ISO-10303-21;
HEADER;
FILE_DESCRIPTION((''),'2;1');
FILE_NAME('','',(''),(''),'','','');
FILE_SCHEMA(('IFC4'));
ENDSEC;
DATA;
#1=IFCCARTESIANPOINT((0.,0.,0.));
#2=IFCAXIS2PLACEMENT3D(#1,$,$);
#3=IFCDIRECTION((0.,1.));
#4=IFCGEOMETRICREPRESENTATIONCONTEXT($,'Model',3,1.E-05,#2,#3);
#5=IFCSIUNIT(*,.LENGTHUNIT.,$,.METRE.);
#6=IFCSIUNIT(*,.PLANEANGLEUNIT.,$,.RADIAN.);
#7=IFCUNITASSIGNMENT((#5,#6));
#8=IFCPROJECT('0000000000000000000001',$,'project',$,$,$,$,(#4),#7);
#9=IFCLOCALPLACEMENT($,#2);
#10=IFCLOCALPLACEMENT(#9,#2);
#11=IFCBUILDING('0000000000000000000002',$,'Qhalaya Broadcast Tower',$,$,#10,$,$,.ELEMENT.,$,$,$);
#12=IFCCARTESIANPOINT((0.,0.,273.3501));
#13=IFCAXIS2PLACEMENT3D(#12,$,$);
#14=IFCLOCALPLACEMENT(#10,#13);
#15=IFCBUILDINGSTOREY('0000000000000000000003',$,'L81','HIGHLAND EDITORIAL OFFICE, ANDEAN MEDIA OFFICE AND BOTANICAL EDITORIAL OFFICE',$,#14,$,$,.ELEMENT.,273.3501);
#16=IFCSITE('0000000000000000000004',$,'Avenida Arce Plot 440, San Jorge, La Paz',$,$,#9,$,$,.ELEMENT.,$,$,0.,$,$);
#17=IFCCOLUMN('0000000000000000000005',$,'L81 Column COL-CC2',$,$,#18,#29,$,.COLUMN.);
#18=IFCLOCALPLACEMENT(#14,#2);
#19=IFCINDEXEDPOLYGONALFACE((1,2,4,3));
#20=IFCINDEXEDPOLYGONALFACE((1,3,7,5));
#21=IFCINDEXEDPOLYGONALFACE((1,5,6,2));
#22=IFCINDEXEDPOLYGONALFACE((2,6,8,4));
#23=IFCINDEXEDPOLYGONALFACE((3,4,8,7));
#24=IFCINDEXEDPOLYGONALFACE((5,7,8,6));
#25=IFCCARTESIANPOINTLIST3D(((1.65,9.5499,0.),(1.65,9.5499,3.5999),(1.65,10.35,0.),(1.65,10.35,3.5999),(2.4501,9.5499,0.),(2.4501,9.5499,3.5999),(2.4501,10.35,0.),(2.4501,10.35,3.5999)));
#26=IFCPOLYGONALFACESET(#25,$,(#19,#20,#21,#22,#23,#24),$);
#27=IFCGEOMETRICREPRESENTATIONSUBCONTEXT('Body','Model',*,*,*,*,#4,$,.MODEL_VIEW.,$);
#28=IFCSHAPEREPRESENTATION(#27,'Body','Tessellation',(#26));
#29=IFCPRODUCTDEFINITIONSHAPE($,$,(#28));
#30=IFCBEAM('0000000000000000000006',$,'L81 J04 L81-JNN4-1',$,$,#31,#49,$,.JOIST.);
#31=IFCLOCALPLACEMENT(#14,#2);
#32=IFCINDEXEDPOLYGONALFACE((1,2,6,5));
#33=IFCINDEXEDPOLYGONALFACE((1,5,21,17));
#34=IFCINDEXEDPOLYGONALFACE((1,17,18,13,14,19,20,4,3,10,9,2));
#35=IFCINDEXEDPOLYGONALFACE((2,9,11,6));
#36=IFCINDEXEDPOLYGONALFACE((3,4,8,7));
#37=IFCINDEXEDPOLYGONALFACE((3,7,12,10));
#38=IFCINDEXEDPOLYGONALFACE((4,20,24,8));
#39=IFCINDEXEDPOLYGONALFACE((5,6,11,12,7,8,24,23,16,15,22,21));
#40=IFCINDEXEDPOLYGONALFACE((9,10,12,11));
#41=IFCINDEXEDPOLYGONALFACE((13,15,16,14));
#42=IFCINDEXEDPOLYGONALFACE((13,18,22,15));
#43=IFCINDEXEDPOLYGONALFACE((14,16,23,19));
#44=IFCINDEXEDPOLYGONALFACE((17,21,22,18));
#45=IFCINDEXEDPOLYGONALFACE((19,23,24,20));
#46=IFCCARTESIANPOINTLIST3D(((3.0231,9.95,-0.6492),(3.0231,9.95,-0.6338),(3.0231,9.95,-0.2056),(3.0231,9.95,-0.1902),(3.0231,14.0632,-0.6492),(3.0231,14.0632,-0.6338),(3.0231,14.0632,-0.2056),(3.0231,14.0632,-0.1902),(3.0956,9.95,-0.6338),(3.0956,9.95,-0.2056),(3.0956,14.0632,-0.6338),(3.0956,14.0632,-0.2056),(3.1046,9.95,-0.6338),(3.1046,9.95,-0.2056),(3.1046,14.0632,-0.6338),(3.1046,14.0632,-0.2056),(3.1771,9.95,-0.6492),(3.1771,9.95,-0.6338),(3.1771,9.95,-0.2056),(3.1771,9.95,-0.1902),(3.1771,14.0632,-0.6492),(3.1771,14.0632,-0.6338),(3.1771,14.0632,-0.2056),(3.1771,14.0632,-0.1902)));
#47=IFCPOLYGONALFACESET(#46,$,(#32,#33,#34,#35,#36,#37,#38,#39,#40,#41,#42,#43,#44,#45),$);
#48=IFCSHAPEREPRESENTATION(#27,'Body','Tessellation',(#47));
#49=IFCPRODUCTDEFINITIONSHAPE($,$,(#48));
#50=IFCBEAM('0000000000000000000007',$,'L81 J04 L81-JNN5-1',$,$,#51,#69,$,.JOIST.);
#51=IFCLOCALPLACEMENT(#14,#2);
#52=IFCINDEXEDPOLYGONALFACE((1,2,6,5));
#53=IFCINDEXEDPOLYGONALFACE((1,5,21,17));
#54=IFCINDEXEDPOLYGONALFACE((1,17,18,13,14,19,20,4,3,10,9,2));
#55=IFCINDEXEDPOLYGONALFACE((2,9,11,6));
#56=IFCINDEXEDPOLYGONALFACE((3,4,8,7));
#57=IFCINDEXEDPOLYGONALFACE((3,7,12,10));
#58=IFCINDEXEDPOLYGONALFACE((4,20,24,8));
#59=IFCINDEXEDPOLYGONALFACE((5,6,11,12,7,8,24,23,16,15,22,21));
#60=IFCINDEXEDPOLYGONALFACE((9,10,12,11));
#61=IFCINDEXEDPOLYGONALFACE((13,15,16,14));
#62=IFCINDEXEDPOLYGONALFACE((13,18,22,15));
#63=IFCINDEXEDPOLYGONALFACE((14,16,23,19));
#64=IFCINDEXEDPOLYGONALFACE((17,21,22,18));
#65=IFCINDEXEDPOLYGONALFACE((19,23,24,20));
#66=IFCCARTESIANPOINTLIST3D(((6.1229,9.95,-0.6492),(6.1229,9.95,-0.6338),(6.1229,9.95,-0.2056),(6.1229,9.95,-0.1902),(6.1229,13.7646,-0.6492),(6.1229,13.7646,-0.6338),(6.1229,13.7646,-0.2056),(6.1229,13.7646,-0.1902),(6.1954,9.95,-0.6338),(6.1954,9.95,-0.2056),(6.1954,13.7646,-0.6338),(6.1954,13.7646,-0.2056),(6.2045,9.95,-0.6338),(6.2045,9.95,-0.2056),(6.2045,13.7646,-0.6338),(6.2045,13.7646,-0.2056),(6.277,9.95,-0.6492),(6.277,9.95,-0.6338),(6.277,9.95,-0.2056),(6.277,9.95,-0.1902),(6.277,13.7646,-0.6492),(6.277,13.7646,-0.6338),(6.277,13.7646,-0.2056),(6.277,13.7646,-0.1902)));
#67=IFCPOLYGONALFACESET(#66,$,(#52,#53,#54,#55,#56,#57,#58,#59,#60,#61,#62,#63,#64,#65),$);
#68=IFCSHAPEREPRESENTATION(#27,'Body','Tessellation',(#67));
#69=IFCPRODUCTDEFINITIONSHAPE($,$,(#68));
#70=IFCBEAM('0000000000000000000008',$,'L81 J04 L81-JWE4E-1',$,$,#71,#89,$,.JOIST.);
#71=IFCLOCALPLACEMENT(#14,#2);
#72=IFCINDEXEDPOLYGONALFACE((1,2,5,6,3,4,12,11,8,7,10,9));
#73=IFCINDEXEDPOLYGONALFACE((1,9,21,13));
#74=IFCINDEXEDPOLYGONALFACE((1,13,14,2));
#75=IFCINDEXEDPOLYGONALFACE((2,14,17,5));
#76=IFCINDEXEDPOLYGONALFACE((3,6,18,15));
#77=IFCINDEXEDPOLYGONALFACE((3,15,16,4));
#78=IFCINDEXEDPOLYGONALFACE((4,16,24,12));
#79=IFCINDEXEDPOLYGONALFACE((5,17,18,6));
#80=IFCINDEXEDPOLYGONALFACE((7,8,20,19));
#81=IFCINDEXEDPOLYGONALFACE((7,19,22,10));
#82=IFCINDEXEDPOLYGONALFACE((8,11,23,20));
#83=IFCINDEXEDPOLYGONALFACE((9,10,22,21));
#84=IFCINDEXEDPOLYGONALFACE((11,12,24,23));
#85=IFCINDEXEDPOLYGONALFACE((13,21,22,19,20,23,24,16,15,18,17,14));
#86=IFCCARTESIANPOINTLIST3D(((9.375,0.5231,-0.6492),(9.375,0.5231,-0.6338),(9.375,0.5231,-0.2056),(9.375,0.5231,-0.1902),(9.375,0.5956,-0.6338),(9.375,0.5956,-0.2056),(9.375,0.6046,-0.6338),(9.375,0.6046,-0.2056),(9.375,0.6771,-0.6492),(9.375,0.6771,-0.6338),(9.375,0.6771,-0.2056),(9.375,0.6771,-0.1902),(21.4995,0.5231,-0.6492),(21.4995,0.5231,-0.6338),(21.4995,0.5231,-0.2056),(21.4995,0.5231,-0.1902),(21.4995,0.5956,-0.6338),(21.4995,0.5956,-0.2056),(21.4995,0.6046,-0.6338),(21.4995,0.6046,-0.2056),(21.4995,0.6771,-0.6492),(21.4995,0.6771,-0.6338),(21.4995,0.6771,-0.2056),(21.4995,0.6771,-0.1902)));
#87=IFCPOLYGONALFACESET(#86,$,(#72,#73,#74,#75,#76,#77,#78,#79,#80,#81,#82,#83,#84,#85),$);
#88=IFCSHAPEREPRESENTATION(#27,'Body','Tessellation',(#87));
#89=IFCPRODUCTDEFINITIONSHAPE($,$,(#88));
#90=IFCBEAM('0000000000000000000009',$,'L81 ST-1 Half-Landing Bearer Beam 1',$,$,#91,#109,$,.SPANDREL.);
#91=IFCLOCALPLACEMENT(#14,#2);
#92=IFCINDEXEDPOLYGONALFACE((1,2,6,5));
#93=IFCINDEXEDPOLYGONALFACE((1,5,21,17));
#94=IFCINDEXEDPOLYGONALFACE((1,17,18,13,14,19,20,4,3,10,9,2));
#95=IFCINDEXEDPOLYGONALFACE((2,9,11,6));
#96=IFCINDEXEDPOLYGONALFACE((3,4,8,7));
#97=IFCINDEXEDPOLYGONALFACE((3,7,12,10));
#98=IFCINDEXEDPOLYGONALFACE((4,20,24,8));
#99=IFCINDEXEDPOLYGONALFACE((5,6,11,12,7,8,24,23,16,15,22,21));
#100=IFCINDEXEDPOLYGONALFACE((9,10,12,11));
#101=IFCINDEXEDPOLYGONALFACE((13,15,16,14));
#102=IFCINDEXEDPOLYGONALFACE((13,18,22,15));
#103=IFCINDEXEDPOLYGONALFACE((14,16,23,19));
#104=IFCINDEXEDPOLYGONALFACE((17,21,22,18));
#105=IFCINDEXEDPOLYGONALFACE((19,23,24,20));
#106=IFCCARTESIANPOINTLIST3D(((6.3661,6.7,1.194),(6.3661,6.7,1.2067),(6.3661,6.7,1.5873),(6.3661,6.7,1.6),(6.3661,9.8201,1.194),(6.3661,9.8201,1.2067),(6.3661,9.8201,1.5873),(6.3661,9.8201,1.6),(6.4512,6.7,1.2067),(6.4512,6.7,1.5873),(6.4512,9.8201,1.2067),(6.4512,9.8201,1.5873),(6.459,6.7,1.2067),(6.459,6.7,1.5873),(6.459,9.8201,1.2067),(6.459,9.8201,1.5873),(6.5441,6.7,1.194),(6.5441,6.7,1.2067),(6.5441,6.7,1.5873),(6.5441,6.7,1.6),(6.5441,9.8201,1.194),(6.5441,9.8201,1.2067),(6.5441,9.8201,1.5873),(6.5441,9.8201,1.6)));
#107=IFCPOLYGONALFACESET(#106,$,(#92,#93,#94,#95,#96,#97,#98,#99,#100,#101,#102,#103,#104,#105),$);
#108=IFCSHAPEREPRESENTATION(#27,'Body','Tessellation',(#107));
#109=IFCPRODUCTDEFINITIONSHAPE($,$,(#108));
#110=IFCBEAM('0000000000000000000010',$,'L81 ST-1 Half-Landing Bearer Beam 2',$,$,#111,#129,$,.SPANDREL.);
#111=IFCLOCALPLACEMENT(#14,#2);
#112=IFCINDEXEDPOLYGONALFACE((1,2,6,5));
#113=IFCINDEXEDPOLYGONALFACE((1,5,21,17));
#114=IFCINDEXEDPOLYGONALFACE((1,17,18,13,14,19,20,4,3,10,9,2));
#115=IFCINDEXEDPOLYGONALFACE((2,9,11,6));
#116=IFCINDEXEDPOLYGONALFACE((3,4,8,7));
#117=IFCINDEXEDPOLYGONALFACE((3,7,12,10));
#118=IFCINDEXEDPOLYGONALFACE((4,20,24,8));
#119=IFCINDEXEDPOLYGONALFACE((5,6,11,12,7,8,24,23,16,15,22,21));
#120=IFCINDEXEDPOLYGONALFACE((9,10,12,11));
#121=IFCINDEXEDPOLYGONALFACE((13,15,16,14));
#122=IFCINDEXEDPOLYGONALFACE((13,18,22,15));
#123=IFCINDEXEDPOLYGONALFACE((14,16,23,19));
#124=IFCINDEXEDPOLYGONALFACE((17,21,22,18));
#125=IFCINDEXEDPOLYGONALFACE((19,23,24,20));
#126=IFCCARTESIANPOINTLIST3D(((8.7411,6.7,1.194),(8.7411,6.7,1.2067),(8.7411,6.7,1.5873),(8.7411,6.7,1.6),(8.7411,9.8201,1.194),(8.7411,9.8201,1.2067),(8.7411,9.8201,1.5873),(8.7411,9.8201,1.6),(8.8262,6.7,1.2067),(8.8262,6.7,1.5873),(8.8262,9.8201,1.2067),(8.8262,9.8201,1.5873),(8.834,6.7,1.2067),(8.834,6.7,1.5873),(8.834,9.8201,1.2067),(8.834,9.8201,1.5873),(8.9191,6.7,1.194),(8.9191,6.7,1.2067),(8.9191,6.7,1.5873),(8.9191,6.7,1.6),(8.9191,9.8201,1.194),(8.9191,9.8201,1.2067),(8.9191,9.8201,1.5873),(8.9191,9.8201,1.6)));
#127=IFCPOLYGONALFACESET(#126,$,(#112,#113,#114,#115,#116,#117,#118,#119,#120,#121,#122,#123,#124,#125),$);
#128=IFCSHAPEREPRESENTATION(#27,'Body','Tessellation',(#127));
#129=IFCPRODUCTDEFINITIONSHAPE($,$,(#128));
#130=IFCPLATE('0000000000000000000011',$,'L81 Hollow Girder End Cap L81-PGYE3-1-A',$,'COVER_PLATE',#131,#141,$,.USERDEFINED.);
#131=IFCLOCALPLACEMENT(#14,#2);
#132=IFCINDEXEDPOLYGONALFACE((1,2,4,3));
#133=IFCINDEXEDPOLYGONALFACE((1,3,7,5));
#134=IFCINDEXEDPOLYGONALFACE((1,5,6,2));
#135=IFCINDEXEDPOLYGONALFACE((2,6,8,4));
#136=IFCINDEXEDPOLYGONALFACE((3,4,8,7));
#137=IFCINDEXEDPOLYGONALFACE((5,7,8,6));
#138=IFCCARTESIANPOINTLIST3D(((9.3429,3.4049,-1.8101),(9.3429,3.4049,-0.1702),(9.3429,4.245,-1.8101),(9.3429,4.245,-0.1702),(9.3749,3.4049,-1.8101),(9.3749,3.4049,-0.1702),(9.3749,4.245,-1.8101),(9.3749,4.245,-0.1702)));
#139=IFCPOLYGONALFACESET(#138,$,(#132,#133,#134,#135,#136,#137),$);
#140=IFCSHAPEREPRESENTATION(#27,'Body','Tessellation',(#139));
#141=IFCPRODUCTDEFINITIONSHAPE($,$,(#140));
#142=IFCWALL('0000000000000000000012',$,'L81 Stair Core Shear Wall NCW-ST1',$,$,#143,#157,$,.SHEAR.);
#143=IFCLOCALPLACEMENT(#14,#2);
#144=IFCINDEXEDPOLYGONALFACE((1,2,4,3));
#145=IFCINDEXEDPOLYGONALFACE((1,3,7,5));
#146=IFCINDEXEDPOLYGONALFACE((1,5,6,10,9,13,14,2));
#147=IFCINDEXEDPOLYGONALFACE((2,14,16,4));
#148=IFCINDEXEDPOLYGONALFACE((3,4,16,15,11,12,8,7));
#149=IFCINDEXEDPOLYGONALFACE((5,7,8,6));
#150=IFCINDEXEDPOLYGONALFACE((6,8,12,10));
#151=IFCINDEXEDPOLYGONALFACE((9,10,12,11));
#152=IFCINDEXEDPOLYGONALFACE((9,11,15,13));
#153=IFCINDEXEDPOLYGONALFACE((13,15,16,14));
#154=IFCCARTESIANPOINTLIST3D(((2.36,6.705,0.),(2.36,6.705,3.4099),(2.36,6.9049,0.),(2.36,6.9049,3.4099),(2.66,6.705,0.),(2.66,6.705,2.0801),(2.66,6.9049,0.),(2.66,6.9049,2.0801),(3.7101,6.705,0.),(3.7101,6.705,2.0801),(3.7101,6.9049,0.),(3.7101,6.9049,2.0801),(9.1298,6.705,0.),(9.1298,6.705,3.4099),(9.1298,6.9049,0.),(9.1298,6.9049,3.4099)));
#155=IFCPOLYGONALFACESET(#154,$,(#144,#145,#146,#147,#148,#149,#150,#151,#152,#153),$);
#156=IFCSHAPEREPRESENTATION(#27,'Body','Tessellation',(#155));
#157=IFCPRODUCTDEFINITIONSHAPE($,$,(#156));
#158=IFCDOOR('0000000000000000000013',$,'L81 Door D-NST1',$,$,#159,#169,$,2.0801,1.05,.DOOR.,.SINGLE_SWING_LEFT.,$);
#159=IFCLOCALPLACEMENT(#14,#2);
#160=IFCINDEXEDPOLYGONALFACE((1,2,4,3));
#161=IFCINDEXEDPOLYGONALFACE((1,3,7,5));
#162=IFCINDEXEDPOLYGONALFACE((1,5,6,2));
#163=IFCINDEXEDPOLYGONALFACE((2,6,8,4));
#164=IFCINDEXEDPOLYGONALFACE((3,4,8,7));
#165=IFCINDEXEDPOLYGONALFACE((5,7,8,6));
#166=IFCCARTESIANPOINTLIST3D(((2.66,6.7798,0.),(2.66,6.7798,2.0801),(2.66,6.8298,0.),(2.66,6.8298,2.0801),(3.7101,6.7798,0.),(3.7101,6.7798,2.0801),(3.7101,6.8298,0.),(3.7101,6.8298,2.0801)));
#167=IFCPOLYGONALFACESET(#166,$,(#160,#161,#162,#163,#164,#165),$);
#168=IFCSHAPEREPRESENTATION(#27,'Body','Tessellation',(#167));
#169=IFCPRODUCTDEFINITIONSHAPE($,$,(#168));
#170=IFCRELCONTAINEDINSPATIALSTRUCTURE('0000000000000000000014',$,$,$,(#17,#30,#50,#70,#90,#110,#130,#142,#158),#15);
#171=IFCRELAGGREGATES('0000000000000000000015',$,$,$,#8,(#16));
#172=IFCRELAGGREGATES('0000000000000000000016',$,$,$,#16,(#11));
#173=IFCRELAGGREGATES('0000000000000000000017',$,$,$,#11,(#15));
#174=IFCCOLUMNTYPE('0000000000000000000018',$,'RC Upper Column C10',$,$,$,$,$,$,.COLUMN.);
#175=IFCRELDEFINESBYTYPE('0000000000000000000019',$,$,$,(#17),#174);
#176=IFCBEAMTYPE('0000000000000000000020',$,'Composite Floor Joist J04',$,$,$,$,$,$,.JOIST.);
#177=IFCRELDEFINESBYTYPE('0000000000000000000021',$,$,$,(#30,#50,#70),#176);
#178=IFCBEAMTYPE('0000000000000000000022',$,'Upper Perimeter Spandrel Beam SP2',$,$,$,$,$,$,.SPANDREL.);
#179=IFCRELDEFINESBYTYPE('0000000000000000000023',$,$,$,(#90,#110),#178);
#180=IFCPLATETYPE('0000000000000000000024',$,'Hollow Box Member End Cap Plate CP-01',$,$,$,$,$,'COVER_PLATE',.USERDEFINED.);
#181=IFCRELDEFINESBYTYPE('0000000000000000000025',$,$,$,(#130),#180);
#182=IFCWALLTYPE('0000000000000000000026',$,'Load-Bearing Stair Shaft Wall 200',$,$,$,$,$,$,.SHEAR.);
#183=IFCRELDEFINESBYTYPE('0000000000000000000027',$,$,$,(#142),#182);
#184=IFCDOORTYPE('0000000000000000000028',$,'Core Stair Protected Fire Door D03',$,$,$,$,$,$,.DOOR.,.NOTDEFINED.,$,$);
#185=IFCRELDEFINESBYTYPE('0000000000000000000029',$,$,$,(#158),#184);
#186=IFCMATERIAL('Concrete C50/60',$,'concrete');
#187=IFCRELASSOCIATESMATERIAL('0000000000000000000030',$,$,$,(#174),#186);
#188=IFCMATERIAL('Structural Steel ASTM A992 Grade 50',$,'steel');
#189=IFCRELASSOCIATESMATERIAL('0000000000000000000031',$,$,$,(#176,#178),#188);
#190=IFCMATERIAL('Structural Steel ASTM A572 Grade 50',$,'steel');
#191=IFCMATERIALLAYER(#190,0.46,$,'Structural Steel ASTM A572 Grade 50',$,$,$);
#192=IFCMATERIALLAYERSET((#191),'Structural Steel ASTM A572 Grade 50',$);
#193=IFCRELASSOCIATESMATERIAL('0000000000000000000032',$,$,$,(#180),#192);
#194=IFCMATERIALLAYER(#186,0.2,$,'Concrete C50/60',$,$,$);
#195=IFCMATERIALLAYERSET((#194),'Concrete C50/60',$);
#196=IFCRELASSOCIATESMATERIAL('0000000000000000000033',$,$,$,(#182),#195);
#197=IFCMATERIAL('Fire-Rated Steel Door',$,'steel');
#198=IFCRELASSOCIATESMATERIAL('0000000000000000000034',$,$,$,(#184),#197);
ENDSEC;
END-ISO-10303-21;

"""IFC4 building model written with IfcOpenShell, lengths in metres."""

from ifc_helpers import new_model, si_unit, direction, frame, frame_2d, origin, origin_2d, place, context, subcontext, project, spatial, rectangle, i_section, extrude, material, layer, layer_set, material_profile, profile_set, type_object, element, fill, save


model = new_model("IFC4")

# Units and contexts
model_context = context("Model", 3, precision=1e-05, world=origin(), true_north=direction((0.0, 1.0)))
body_context = subcontext(model_context, "Body", "Model", "MODEL_VIEW")
ifc_project = project(units=[si_unit("LENGTHUNIT", "METRE"), si_unit("PLANEANGLEUNIT", "RADIAN")], contexts=[model_context])

# Site, building, storey
site_placement = place(None, origin())
site = spatial("IfcSite", under=ifc_project, at=site_placement, Name="Avenida Arce Plot 440, San Jorge, La Paz", CompositionType="ELEMENT", RefElevation=0.0)
building_placement = place(site_placement, origin())
building = spatial("IfcBuilding", under=site, at=building_placement, Name="Qhalaya Broadcast Tower", CompositionType="ELEMENT")
storey_placement = place(building_placement, frame((0.0, 0.0, 273.3501)))
storey = spatial("IfcBuildingStorey", under=building, at=storey_placement, Name="L81", Description="HIGHLAND EDITORIAL OFFICE, ANDEAN MEDIA OFFICE AND BOTANICAL EDITORIAL OFFICE", CompositionType="ELEMENT", Elevation=273.3501)

# Column
ifc_material_1 = material(Name="Concrete C50/60", Category="concrete")
ifc_material_profile_1 = material_profile(ifc_material_1, rectangle(XDim=0.8, YDim=0.8, at=origin_2d()), Name="RC-COL 800x800")
ifc_profile_set_1 = profile_set([ifc_material_profile_1], Name="Concrete C50/60")
column_type = type_object("IfcColumnType", Name="RC Upper Column C10", PredefinedType="COLUMN", material=ifc_profile_set_1)
column_placement = place(storey_placement, frame((2.05, 9.95, 0.0), z_axis=(0.0, 0.0, 1.0), x_axis=(1.0, 0.0, 0.0)))
element("IfcColumn", 1, at=column_placement, inside=storey, type_object=column_type, Name="L81 Column COL-CC2", PredefinedType="COLUMN", context=body_context, shape_type="SweptSolid", body=[
    extrude(rectangle(XDim=0.8, YDim=0.8, at=origin_2d()), origin(), (0.0, 0.0, 1.0), 3.5999),
])

# Beams
ifc_material_2 = material(Name="Structural Steel ASTM A992 Grade 50", Category="steel")
ifc_material_profile_2 = material_profile(ifc_material_2, i_section(OverallWidth=0.1541, OverallDepth=0.459, WebThickness=0.009, FlangeThickness=0.0154, at=origin_2d()), Name="W18X46")
ifc_profile_set_2 = profile_set([ifc_material_profile_2], Name="Structural Steel ASTM A992 Grade 50")
beam_type_1 = type_object("IfcBeamType", Name="Composite Floor Joist J04", PredefinedType="JOIST", material=ifc_profile_set_2)
beam_1_placement = place(storey_placement, frame((3.1001, 9.95, -0.4197), z_axis=(0.0, 1.0, 0.0), x_axis=(-1.0, 0.0, 0.0)))
element("IfcBeam", 2, at=beam_1_placement, inside=storey, type_object=beam_type_1, Name="L81 J04 L81-JNN4-1", PredefinedType="JOIST", context=body_context, shape_type="SweptSolid", body=[
    extrude(i_section(OverallWidth=0.1541, OverallDepth=0.459, WebThickness=0.009, FlangeThickness=0.0154, at=origin_2d()), origin(), (0.0, 0.0, 1.0), 4.1133),
])
beam_2_placement = place(storey_placement, frame((6.2, 9.95, -0.4197), z_axis=(0.0, 1.0, 0.0), x_axis=(-1.0, 0.0, 0.0)))
element("IfcBeam", 3, at=beam_2_placement, inside=storey, type_object=beam_type_1, Name="L81 J04 L81-JNN5-1", PredefinedType="JOIST", context=body_context, shape_type="SweptSolid", body=[
    extrude(i_section(OverallWidth=0.1541, OverallDepth=0.459, WebThickness=0.009, FlangeThickness=0.0154, at=origin_2d()), origin(), (0.0, 0.0, 1.0), 3.8147),
])
beam_3_placement = place(storey_placement, frame((9.375, 0.6001, -0.4197), z_axis=(1.0, 0.0, 0.0), x_axis=(0.0, 1.0, 0.0)))
element("IfcBeam", 4, at=beam_3_placement, inside=storey, type_object=beam_type_1, Name="L81 J04 L81-JWE4E-1", PredefinedType="JOIST", context=body_context, shape_type="SweptSolid", body=[
    extrude(i_section(OverallWidth=0.1541, OverallDepth=0.459, WebThickness=0.009, FlangeThickness=0.0154, at=origin_2d()), origin(), (0.0, 0.0, 1.0), 12.1245),
])
ifc_material_profile_3 = material_profile(ifc_material_2, i_section(OverallWidth=0.178, OverallDepth=0.406, WebThickness=0.0078, FlangeThickness=0.0127, at=origin_2d()), Name="W16X40")
ifc_profile_set_3 = profile_set([ifc_material_profile_3], Name="Structural Steel ASTM A992 Grade 50")
beam_type_2 = type_object("IfcBeamType", Name="Upper Perimeter Spandrel Beam SP2", PredefinedType="SPANDREL", material=ifc_profile_set_3)
for number, where, z_axis, x_axis, name in (
    (5, (6.4551, 6.7, 1.397), (0.0, 1.0, 0.0), (-1.0, 0.0, 0.0), "L81 ST-1 Half-Landing Bearer Beam 1"),
    (6, (8.8301, 6.7, 1.397), (0.0, 1.0, 0.0), (-1.0, 0.0, 0.0), "L81 ST-1 Half-Landing Bearer Beam 2"),
):
    element("IfcBeam", number, at=place(storey_placement, frame(where, z_axis=z_axis, x_axis=x_axis)), inside=storey, type_object=beam_type_2, Name=name, PredefinedType="SPANDREL", context=body_context, shape_type="SweptSolid", body=[
        extrude(i_section(OverallWidth=0.178, OverallDepth=0.406, WebThickness=0.0078, FlangeThickness=0.0127, at=origin_2d()), origin(), (0.0, 0.0, 1.0), 3.1201),
    ])

# Plate
ifc_material_3 = material(Name="Structural Steel ASTM A572 Grade 50", Category="steel")
ifc_layer_1 = layer(ifc_material_3, 0.46, Name="Structural Steel ASTM A572 Grade 50")
ifc_layer_set_1 = layer_set([ifc_layer_1], Name="Structural Steel ASTM A572 Grade 50")
plate_type = type_object("IfcPlateType", Name="Hollow Box Member End Cap Plate CP-01", ElementType="COVER_PLATE", PredefinedType="USERDEFINED", material=ifc_layer_set_1)
plate_placement = place(storey_placement, frame((9.3589, 3.825, -1.8101), z_axis=(0.0, 0.0, 1.0), x_axis=(0.0, 1.0, 0.0)))
element("IfcPlate", 7, at=plate_placement, inside=storey, type_object=plate_type, Name="L81 Hollow Girder End Cap L81-PGYE3-1-A", ObjectType="COVER_PLATE", PredefinedType="USERDEFINED", context=body_context, shape_type="SweptSolid", body=[
    extrude(rectangle(XDim=0.8401, YDim=0.032, at=origin_2d()), origin(), (0.0, 0.0, 1.0), 1.6399),
])

# Wall, opening, door
ifc_layer_2 = layer(ifc_material_1, 0.2, Name="Concrete C50/60")
ifc_layer_set_2 = layer_set([ifc_layer_2], Name="Concrete C50/60")
wall_type_1 = type_object("IfcWallType", Name="Load-Bearing Stair Shaft Wall 200", PredefinedType="SHEAR", material=ifc_layer_set_2)
wall_1_placement = place(storey_placement, frame((2.3601, 6.8049, 0.0), z_axis=(0.0, 0.0, 1.0), x_axis=(1.0, 0.0, 0.0)))
wall_1 = element("IfcWall", 8, at=wall_1_placement, inside=storey, type_object=wall_type_1, Name="L81 Stair Core Shear Wall NCW-ST1", PredefinedType="SHEAR", context=body_context, shape_type="SweptSolid", body=[
    extrude(rectangle(XDim=6.7698, YDim=0.2, at=frame_2d((3.3848, 0.0))), origin(), (0.0, 0.0, 1.0), 3.4099),
])
opening_1_placement = place(wall_1_placement, frame((0.3, 0.0, 0.0)))
opening_1 = element("IfcOpeningElement", 9, at=opening_1_placement, cuts=wall_1, PredefinedType="OPENING", context=body_context, shape_type="SweptSolid", body=[
    extrude(rectangle(XDim=1.05, YDim=2.0801, at=frame_2d((0.5249, 1.04))), frame((0.0, 0.1121, 0.0), z_axis=(0.0, -1.0, 0.0), x_axis=(1.0, 0.0, 0.0)), (0.0, 0.0, 1.0), 0.2239),
])
ifc_material_4 = material(Name="Fire-Rated Steel Door", Category="steel")
door_type_1 = type_object("IfcDoorType", Name="Core Stair Protected Fire Door D03", OperationType="NOTDEFINED", PredefinedType="DOOR", material=ifc_material_4)
door_1_placement = place(opening_1_placement, origin())
door_1 = element("IfcDoor", 10, at=door_1_placement, inside=storey, type_object=door_type_1, Name="L81 Door D-NST1", OperationType="SINGLE_SWING_LEFT", OverallHeight=2.0801, OverallWidth=1.05, PredefinedType="DOOR", context=body_context, shape_type="SweptSolid", body=[
    extrude(rectangle(XDim=1.05, YDim=2.0801, at=frame_2d((0.5249, 1.04))), frame((0.0, 0.0249, 0.0), z_axis=(0.0, -1.0, 0.0), x_axis=(1.0, 0.0, 0.0)), (0.0, 0.0, 1.0), 0.05),
])
fill(opening_1, door_1)

save(model, "model.ifc")
